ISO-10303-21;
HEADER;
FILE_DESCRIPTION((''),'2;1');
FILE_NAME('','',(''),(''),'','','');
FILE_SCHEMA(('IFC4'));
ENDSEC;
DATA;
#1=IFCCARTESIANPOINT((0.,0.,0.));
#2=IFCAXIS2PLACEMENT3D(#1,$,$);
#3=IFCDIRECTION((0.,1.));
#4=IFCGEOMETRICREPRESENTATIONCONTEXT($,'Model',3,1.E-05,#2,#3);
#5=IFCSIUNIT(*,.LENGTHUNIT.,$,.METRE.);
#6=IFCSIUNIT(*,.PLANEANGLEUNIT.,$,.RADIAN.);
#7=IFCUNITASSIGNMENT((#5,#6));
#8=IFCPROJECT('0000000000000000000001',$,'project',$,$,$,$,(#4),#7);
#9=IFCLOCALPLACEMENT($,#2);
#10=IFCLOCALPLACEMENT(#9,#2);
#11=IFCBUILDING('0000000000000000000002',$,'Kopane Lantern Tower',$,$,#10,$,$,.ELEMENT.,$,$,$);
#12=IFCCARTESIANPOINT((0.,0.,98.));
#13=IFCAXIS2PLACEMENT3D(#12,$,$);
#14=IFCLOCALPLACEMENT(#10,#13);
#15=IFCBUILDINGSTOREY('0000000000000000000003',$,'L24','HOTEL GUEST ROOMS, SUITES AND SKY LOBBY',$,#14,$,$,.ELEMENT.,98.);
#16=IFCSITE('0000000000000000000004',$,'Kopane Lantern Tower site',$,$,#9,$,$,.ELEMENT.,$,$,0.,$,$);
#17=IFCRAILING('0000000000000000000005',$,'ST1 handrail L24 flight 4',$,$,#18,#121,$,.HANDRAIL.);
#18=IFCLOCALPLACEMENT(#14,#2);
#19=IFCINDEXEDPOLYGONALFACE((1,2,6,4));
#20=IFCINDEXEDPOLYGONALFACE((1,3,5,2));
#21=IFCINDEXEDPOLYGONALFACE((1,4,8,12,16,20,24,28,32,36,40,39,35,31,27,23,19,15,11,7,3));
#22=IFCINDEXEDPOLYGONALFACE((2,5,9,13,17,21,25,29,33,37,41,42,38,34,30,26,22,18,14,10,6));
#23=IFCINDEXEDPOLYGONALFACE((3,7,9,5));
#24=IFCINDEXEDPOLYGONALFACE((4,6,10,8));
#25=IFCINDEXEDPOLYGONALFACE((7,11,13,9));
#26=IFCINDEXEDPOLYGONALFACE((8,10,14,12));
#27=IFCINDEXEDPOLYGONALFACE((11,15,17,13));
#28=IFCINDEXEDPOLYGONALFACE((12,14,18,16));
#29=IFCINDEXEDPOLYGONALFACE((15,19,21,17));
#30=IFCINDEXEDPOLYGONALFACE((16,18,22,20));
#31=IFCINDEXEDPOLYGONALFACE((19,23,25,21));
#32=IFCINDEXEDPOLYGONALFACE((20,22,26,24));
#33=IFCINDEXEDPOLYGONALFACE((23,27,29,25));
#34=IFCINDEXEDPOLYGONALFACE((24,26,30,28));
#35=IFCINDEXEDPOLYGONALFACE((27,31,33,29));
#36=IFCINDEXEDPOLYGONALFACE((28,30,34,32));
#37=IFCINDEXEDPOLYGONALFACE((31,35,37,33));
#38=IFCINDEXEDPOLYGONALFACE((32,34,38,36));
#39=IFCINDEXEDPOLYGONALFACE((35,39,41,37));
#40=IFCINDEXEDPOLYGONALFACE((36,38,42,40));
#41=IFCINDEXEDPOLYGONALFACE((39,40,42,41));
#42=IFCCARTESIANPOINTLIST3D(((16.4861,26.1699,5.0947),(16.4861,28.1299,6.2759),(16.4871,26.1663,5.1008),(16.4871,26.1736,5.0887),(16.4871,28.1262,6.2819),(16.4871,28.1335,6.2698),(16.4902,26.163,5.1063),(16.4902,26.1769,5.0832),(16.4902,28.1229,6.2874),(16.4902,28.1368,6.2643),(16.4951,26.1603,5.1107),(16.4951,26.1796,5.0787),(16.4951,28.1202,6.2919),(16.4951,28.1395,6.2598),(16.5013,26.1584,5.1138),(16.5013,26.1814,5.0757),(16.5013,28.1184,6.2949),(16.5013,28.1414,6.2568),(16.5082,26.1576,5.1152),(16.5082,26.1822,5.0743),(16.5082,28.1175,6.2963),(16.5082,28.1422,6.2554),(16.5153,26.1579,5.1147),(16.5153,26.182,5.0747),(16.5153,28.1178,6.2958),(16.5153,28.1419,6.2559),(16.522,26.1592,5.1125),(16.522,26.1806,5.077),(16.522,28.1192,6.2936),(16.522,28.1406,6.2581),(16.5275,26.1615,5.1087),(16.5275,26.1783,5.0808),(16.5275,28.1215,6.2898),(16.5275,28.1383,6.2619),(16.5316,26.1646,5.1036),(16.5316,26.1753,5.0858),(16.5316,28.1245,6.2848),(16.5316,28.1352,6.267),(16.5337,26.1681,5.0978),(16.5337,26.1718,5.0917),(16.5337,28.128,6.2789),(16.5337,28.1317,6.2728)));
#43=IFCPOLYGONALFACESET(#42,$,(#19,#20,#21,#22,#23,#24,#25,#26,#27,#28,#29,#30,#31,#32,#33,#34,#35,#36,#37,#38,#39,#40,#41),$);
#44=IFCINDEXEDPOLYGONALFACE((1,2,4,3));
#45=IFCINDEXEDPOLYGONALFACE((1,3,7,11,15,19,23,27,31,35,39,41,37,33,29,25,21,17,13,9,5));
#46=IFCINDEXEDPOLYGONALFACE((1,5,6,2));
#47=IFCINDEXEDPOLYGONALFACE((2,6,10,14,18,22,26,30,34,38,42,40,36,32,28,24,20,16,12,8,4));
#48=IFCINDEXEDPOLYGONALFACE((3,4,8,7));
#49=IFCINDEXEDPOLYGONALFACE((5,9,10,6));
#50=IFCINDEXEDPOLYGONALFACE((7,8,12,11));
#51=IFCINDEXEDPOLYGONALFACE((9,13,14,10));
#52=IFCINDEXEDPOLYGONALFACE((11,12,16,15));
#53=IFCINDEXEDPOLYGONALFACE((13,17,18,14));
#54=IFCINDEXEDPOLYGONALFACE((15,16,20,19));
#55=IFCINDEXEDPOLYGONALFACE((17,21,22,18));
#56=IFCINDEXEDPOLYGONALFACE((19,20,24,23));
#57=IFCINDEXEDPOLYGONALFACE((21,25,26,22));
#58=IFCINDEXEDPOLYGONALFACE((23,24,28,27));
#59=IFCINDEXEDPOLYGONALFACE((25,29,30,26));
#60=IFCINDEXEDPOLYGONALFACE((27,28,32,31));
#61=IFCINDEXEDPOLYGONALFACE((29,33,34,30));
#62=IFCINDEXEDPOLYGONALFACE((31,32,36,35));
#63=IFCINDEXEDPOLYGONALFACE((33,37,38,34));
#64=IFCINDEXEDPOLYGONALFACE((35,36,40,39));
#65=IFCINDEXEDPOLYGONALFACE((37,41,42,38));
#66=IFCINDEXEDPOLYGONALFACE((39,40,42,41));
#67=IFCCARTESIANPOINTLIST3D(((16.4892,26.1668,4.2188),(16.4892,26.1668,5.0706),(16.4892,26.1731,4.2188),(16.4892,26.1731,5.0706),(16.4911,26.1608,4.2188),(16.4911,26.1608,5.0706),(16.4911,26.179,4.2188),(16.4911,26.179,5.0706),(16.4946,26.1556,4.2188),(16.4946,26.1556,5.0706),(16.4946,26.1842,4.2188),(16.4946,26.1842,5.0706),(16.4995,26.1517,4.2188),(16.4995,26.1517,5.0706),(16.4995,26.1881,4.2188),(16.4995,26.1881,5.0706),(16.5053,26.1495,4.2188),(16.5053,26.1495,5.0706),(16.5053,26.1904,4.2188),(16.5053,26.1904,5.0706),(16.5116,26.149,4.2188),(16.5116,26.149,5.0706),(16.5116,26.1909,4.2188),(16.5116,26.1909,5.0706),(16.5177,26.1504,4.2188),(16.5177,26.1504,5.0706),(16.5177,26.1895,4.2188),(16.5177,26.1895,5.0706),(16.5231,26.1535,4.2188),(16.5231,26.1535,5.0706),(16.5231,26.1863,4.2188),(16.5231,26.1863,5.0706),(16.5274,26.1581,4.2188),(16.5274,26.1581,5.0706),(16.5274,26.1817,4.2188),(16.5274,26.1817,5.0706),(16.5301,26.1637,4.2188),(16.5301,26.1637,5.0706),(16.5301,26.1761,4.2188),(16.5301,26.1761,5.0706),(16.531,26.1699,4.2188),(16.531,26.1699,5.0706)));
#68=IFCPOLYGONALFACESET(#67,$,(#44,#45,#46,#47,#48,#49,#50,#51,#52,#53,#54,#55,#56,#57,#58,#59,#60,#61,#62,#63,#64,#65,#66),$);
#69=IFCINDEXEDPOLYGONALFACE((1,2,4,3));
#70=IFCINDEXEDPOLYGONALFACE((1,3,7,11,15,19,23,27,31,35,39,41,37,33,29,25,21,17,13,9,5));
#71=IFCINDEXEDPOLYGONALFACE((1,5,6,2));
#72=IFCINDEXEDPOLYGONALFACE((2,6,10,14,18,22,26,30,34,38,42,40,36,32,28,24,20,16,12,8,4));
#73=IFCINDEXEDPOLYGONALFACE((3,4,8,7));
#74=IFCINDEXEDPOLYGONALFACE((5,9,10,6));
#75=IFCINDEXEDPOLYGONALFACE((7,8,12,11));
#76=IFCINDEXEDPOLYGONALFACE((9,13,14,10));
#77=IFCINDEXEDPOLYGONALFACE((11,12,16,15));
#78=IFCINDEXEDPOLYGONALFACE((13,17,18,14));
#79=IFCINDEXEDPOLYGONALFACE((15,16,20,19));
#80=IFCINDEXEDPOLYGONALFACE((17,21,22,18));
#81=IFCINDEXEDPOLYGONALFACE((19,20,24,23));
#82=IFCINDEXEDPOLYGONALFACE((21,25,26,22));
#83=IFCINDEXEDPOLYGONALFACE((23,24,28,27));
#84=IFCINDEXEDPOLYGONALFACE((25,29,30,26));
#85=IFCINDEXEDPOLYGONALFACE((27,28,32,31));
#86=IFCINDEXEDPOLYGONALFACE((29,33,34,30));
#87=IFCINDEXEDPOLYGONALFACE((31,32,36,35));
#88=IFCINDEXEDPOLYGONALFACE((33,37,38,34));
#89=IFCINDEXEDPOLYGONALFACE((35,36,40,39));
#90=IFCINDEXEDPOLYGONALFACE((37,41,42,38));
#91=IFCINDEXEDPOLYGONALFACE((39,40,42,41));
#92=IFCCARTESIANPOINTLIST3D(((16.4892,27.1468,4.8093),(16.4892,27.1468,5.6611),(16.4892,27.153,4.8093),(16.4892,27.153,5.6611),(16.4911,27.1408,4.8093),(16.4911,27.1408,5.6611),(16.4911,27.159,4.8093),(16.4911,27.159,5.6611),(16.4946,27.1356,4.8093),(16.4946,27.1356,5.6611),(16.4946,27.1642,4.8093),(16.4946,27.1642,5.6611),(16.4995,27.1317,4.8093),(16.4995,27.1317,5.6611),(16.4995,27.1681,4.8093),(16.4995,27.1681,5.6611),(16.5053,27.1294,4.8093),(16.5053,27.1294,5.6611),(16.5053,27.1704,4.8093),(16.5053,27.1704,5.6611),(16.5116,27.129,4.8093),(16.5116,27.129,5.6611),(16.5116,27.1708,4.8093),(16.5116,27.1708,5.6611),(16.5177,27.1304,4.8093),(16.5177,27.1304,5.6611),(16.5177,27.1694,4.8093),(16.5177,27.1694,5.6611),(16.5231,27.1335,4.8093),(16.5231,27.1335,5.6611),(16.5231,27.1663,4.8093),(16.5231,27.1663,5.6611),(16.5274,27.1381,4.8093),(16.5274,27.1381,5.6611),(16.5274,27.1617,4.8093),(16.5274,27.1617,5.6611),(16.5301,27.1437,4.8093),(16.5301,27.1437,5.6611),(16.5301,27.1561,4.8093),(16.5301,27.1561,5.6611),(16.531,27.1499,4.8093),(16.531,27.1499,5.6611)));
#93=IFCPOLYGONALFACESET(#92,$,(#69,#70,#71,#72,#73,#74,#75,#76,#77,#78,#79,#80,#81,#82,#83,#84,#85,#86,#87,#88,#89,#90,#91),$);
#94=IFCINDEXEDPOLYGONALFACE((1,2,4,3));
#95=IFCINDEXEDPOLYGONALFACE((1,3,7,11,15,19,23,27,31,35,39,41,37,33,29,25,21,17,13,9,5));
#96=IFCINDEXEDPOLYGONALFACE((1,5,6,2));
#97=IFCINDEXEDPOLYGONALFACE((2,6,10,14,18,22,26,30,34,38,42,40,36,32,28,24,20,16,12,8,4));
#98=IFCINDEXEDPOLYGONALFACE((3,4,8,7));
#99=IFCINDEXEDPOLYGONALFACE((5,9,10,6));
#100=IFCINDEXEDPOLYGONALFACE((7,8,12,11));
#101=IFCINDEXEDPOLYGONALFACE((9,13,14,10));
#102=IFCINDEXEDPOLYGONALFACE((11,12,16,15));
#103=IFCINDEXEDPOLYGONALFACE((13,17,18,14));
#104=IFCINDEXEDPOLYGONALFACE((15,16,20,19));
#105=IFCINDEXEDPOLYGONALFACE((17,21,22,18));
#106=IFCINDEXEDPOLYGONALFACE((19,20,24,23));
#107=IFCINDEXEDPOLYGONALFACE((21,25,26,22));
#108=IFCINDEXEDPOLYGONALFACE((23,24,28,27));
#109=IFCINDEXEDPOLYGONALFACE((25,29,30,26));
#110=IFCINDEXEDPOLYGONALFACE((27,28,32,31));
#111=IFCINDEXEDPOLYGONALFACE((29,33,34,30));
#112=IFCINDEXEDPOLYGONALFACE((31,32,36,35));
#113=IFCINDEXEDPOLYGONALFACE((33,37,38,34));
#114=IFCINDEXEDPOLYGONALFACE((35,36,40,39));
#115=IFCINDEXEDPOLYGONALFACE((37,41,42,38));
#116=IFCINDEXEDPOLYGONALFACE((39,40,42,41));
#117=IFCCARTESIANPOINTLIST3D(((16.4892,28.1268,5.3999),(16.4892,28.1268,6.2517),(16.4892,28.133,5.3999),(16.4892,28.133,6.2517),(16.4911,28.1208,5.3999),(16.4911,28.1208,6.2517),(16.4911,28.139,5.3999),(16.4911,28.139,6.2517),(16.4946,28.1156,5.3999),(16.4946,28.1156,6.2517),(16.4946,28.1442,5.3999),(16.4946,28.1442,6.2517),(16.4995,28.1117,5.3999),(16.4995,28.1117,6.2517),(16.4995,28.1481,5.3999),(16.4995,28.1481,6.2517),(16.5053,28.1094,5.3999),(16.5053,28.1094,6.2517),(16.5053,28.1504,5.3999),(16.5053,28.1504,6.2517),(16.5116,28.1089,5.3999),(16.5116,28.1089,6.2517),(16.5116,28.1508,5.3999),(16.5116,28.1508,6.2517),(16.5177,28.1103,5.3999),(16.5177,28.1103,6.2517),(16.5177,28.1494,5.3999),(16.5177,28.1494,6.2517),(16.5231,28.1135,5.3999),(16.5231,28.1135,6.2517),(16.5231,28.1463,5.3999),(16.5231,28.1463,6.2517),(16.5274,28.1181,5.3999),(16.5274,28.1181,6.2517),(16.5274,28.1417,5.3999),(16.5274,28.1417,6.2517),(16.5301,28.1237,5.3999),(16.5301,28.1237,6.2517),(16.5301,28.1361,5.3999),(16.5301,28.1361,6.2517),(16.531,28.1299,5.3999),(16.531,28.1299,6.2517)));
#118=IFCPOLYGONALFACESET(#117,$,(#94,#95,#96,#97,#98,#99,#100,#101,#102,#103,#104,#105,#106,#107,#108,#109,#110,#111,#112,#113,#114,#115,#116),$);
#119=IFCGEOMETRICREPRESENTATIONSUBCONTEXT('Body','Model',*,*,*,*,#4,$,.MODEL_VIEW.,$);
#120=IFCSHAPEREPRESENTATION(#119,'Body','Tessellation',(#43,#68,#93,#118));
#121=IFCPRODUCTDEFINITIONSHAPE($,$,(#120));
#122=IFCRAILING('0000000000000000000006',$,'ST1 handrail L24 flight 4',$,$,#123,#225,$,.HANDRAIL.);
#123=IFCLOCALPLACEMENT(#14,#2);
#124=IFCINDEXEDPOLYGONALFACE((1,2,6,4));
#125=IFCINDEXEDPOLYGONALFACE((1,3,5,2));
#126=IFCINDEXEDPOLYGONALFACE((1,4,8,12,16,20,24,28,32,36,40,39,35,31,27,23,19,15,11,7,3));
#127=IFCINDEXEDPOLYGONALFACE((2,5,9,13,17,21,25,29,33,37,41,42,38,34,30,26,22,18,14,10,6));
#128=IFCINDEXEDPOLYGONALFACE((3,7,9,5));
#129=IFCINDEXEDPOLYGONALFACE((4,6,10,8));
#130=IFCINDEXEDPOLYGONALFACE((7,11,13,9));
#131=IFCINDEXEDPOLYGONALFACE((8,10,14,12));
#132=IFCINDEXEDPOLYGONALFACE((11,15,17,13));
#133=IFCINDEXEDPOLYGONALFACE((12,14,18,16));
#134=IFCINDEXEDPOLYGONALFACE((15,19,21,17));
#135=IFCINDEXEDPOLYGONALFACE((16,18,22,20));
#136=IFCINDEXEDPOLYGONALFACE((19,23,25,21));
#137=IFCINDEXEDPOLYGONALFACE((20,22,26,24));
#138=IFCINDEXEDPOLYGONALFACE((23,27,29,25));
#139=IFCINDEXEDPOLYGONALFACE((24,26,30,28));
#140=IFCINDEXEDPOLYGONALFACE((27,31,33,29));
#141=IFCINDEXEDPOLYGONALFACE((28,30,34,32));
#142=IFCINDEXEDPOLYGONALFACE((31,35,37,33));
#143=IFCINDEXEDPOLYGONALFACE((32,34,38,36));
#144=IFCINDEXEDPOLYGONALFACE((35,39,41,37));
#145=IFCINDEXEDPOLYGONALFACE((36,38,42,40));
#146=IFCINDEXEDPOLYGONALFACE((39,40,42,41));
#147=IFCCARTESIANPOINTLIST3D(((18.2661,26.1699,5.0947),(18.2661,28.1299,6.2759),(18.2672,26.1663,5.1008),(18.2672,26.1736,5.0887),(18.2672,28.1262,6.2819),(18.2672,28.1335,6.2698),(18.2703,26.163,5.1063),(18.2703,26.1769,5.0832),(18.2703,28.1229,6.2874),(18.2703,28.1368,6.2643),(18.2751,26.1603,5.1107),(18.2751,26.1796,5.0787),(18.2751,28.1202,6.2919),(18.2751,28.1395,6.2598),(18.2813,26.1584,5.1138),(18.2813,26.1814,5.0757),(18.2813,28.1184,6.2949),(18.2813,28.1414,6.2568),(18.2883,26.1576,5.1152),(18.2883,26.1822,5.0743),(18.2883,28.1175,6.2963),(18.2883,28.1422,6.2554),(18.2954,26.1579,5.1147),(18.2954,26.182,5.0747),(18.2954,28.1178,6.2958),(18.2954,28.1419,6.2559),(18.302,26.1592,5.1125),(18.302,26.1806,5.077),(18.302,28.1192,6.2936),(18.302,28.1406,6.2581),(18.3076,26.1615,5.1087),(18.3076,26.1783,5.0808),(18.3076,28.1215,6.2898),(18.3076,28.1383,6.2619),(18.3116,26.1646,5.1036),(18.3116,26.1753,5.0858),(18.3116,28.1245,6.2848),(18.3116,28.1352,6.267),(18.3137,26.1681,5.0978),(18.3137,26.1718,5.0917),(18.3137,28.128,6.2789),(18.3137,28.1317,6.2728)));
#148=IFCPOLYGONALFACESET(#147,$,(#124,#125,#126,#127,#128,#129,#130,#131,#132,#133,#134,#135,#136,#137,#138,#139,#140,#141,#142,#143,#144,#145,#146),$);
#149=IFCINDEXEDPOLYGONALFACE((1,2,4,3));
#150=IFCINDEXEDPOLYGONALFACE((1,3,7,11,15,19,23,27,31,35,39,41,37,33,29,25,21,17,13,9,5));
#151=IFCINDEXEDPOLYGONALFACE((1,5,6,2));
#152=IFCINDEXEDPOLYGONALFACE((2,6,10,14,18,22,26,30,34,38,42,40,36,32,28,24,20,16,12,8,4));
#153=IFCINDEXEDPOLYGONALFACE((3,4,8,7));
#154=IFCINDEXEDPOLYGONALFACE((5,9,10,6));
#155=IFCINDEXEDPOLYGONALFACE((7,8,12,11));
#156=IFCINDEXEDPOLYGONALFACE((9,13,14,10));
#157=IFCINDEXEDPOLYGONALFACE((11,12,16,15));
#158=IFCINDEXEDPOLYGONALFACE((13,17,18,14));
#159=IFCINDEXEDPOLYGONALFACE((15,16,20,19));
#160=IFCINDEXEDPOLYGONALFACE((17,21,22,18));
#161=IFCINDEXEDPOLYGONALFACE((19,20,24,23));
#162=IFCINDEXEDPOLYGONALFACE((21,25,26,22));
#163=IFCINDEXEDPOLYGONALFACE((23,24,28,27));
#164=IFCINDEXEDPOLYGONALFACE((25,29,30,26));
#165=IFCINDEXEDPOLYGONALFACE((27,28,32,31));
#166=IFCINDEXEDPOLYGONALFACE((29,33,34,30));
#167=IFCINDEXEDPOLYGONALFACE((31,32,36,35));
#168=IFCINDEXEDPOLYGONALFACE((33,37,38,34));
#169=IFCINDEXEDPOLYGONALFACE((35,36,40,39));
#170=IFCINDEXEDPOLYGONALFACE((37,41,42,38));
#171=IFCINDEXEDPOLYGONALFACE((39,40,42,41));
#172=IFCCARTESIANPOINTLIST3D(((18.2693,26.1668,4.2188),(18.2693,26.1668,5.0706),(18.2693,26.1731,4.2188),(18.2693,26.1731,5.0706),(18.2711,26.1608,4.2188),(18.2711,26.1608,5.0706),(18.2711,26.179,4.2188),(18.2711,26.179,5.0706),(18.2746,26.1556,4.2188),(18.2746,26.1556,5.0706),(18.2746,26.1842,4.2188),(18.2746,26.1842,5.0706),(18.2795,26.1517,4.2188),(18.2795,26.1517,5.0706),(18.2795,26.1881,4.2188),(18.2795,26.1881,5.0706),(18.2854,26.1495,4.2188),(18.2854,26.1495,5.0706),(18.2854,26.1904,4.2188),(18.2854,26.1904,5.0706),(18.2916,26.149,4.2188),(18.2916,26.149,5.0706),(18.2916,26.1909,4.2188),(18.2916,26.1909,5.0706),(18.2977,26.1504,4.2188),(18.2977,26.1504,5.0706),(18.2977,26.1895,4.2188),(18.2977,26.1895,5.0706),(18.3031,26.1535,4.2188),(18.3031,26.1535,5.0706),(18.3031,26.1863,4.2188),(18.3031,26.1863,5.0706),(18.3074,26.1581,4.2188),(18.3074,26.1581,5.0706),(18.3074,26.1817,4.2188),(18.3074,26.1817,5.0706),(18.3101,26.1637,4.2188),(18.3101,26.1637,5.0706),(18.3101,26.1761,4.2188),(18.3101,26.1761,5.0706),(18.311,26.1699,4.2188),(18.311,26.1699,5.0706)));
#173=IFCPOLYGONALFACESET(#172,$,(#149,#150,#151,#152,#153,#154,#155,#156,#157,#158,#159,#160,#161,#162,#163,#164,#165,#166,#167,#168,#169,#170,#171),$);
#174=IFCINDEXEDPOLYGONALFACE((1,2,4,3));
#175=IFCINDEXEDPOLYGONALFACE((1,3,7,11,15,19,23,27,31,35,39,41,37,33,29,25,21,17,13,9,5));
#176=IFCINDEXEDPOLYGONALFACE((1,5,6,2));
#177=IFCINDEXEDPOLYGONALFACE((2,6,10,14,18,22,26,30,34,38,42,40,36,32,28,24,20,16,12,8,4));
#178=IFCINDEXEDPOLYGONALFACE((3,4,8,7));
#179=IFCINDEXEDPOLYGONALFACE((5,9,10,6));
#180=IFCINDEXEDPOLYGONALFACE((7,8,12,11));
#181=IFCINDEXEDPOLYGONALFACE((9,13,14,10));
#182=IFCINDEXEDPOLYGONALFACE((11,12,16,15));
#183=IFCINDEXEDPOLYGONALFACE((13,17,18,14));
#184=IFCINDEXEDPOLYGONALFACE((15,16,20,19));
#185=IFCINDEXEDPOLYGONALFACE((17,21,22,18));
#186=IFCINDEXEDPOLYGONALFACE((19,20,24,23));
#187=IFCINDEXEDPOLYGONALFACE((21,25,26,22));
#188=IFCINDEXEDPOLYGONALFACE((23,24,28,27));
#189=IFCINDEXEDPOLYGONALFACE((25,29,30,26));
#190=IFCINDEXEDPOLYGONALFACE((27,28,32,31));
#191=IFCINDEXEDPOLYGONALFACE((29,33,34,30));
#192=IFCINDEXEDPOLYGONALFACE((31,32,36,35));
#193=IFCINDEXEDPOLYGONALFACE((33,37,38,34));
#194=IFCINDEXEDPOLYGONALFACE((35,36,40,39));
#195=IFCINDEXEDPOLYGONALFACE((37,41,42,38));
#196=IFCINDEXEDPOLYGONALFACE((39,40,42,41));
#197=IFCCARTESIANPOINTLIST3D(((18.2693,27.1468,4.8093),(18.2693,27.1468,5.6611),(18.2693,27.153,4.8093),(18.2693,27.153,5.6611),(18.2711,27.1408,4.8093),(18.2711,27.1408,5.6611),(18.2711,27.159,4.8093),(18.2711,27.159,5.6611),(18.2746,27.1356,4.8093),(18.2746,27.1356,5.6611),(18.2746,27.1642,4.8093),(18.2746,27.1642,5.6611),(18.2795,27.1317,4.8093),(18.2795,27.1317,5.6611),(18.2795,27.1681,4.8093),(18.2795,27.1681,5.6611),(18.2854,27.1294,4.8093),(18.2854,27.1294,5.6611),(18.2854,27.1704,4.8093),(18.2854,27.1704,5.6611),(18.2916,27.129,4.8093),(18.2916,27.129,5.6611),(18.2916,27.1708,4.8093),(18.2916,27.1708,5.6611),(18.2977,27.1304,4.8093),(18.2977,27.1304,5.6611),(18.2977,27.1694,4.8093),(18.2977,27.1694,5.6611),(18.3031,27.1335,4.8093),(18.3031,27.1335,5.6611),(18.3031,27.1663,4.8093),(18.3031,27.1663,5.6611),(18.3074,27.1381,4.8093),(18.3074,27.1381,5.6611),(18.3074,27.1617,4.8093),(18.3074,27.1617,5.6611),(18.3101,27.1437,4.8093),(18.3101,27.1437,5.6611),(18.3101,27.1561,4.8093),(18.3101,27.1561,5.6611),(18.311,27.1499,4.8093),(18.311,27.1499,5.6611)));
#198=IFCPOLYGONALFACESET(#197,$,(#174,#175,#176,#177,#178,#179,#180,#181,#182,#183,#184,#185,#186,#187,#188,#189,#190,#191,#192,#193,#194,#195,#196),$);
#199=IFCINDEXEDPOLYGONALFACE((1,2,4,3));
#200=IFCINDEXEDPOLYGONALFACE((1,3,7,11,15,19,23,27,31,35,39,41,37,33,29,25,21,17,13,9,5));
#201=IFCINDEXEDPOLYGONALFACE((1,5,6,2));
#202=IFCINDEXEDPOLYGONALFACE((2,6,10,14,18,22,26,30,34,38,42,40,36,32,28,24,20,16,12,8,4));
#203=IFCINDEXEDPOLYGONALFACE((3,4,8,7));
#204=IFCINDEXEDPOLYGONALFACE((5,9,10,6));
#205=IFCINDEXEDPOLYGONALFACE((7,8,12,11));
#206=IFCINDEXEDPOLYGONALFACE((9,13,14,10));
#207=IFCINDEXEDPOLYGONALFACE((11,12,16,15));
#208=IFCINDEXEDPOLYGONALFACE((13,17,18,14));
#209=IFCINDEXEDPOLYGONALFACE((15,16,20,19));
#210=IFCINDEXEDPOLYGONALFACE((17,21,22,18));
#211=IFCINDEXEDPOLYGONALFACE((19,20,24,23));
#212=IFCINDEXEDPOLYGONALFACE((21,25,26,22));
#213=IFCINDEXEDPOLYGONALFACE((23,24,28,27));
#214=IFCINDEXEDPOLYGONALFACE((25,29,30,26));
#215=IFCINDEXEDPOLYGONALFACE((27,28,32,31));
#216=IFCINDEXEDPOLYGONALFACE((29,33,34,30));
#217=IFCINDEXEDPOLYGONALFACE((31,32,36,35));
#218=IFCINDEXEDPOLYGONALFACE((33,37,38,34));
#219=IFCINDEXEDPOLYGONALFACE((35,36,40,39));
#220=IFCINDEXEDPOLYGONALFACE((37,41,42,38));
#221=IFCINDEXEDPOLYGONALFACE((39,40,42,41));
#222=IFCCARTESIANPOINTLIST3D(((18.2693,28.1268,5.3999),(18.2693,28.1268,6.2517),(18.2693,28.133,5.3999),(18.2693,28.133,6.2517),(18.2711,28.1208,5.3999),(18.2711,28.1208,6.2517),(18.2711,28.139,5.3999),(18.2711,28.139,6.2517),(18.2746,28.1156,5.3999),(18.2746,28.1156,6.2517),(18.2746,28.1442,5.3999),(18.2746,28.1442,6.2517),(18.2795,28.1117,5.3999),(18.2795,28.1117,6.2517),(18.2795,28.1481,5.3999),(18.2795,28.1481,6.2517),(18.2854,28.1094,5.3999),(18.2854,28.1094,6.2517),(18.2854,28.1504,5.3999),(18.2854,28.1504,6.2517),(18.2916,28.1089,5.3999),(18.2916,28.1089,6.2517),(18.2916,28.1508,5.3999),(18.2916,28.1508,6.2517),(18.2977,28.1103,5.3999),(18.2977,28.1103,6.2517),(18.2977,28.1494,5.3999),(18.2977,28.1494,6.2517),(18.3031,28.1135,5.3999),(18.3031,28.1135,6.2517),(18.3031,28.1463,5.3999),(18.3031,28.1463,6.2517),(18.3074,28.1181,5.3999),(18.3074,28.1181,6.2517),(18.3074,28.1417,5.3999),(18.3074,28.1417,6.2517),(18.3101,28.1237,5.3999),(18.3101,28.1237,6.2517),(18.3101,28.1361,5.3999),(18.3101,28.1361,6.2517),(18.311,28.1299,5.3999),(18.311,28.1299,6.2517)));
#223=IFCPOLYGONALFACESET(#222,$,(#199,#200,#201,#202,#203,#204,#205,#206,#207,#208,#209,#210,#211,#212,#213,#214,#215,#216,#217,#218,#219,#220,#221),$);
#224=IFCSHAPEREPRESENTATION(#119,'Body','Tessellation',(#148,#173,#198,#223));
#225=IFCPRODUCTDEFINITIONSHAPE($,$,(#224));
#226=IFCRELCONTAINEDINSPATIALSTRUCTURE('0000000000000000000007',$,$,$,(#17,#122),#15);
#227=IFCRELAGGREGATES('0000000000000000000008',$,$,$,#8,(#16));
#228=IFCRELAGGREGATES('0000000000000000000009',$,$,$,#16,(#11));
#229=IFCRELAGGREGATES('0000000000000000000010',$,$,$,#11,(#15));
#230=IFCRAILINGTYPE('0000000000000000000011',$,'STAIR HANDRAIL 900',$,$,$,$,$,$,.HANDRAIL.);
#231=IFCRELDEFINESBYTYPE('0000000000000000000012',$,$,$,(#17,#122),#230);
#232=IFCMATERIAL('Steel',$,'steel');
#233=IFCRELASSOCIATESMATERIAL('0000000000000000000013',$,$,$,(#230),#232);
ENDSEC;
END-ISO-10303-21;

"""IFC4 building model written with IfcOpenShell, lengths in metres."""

from ifc_helpers import new_model, si_unit, direction, frame, origin, origin_2d, place, context, subcontext, project, spatial, circle, extrude, material, type_object, element, save


model = new_model("IFC4")

# Units and contexts
model_context = context("Model", 3, precision=1e-05, world=origin(), true_north=direction((0.0, 1.0)))
body_context = subcontext(model_context, "Body", "Model", "MODEL_VIEW")
ifc_project = project(units=[si_unit("LENGTHUNIT", "METRE"), si_unit("PLANEANGLEUNIT", "RADIAN")], contexts=[model_context])

# Site, building, storey
site_placement = place(None, origin())
site = spatial("IfcSite", under=ifc_project, at=site_placement, Name="Kopane Lantern Tower site", CompositionType="ELEMENT", RefElevation=0.0)
building_placement = place(site_placement, origin())
building = spatial("IfcBuilding", under=site, at=building_placement, Name="Kopane Lantern Tower", CompositionType="ELEMENT")
storey_placement = place(building_placement, frame((0.0, 0.0, 98.0)))
storey = spatial("IfcBuildingStorey", under=building, at=storey_placement, Name="L24", Description="HOTEL GUEST ROOMS, SUITES AND SKY LOBBY", CompositionType="ELEMENT", Elevation=98.0)

# Railings
ifc_material_1 = material(Name="Steel", Category="steel")
railing_type = type_object("IfcRailingType", Name="STAIR HANDRAIL 900", PredefinedType="HANDRAIL", material=ifc_material_1)
for number, where, name in (
    (1, (16.51, 26.1699, 4.2188), "ST1 handrail L24 flight 4"),
    (2, (18.29, 26.1699, 4.2188), "ST1 handrail L24 flight 4"),
):
    element("IfcRailing", number, at=place(storey_placement, frame(where)), inside=storey, type_object=railing_type, Name=name, PredefinedType="HANDRAIL", context=body_context, shape_type="SweptSolid", body=[
        extrude(circle(Radius=0.0239, at=origin_2d()), frame((0.0, 0.0, 0.876), z_axis=(0.0, 0.856493, 0.516158), x_axis=(-1.0, 0.0, 0.0)), (0.0, 0.0, 1.0), 2.2883),
        extrude(circle(Radius=0.021, at=origin_2d()), origin(), (0.0, 0.0, 1.0), 0.8518),
        extrude(circle(Radius=0.021, at=origin_2d()), frame((0.0, 0.98, 0.5906)), (0.0, 0.0, 1.0), 0.8518),
        extrude(circle(Radius=0.021, at=origin_2d()), frame((0.0, 1.96, 1.1812)), (0.0, 0.0, 1.0), 0.8518),
    ])

save(model, "model.ifc")
